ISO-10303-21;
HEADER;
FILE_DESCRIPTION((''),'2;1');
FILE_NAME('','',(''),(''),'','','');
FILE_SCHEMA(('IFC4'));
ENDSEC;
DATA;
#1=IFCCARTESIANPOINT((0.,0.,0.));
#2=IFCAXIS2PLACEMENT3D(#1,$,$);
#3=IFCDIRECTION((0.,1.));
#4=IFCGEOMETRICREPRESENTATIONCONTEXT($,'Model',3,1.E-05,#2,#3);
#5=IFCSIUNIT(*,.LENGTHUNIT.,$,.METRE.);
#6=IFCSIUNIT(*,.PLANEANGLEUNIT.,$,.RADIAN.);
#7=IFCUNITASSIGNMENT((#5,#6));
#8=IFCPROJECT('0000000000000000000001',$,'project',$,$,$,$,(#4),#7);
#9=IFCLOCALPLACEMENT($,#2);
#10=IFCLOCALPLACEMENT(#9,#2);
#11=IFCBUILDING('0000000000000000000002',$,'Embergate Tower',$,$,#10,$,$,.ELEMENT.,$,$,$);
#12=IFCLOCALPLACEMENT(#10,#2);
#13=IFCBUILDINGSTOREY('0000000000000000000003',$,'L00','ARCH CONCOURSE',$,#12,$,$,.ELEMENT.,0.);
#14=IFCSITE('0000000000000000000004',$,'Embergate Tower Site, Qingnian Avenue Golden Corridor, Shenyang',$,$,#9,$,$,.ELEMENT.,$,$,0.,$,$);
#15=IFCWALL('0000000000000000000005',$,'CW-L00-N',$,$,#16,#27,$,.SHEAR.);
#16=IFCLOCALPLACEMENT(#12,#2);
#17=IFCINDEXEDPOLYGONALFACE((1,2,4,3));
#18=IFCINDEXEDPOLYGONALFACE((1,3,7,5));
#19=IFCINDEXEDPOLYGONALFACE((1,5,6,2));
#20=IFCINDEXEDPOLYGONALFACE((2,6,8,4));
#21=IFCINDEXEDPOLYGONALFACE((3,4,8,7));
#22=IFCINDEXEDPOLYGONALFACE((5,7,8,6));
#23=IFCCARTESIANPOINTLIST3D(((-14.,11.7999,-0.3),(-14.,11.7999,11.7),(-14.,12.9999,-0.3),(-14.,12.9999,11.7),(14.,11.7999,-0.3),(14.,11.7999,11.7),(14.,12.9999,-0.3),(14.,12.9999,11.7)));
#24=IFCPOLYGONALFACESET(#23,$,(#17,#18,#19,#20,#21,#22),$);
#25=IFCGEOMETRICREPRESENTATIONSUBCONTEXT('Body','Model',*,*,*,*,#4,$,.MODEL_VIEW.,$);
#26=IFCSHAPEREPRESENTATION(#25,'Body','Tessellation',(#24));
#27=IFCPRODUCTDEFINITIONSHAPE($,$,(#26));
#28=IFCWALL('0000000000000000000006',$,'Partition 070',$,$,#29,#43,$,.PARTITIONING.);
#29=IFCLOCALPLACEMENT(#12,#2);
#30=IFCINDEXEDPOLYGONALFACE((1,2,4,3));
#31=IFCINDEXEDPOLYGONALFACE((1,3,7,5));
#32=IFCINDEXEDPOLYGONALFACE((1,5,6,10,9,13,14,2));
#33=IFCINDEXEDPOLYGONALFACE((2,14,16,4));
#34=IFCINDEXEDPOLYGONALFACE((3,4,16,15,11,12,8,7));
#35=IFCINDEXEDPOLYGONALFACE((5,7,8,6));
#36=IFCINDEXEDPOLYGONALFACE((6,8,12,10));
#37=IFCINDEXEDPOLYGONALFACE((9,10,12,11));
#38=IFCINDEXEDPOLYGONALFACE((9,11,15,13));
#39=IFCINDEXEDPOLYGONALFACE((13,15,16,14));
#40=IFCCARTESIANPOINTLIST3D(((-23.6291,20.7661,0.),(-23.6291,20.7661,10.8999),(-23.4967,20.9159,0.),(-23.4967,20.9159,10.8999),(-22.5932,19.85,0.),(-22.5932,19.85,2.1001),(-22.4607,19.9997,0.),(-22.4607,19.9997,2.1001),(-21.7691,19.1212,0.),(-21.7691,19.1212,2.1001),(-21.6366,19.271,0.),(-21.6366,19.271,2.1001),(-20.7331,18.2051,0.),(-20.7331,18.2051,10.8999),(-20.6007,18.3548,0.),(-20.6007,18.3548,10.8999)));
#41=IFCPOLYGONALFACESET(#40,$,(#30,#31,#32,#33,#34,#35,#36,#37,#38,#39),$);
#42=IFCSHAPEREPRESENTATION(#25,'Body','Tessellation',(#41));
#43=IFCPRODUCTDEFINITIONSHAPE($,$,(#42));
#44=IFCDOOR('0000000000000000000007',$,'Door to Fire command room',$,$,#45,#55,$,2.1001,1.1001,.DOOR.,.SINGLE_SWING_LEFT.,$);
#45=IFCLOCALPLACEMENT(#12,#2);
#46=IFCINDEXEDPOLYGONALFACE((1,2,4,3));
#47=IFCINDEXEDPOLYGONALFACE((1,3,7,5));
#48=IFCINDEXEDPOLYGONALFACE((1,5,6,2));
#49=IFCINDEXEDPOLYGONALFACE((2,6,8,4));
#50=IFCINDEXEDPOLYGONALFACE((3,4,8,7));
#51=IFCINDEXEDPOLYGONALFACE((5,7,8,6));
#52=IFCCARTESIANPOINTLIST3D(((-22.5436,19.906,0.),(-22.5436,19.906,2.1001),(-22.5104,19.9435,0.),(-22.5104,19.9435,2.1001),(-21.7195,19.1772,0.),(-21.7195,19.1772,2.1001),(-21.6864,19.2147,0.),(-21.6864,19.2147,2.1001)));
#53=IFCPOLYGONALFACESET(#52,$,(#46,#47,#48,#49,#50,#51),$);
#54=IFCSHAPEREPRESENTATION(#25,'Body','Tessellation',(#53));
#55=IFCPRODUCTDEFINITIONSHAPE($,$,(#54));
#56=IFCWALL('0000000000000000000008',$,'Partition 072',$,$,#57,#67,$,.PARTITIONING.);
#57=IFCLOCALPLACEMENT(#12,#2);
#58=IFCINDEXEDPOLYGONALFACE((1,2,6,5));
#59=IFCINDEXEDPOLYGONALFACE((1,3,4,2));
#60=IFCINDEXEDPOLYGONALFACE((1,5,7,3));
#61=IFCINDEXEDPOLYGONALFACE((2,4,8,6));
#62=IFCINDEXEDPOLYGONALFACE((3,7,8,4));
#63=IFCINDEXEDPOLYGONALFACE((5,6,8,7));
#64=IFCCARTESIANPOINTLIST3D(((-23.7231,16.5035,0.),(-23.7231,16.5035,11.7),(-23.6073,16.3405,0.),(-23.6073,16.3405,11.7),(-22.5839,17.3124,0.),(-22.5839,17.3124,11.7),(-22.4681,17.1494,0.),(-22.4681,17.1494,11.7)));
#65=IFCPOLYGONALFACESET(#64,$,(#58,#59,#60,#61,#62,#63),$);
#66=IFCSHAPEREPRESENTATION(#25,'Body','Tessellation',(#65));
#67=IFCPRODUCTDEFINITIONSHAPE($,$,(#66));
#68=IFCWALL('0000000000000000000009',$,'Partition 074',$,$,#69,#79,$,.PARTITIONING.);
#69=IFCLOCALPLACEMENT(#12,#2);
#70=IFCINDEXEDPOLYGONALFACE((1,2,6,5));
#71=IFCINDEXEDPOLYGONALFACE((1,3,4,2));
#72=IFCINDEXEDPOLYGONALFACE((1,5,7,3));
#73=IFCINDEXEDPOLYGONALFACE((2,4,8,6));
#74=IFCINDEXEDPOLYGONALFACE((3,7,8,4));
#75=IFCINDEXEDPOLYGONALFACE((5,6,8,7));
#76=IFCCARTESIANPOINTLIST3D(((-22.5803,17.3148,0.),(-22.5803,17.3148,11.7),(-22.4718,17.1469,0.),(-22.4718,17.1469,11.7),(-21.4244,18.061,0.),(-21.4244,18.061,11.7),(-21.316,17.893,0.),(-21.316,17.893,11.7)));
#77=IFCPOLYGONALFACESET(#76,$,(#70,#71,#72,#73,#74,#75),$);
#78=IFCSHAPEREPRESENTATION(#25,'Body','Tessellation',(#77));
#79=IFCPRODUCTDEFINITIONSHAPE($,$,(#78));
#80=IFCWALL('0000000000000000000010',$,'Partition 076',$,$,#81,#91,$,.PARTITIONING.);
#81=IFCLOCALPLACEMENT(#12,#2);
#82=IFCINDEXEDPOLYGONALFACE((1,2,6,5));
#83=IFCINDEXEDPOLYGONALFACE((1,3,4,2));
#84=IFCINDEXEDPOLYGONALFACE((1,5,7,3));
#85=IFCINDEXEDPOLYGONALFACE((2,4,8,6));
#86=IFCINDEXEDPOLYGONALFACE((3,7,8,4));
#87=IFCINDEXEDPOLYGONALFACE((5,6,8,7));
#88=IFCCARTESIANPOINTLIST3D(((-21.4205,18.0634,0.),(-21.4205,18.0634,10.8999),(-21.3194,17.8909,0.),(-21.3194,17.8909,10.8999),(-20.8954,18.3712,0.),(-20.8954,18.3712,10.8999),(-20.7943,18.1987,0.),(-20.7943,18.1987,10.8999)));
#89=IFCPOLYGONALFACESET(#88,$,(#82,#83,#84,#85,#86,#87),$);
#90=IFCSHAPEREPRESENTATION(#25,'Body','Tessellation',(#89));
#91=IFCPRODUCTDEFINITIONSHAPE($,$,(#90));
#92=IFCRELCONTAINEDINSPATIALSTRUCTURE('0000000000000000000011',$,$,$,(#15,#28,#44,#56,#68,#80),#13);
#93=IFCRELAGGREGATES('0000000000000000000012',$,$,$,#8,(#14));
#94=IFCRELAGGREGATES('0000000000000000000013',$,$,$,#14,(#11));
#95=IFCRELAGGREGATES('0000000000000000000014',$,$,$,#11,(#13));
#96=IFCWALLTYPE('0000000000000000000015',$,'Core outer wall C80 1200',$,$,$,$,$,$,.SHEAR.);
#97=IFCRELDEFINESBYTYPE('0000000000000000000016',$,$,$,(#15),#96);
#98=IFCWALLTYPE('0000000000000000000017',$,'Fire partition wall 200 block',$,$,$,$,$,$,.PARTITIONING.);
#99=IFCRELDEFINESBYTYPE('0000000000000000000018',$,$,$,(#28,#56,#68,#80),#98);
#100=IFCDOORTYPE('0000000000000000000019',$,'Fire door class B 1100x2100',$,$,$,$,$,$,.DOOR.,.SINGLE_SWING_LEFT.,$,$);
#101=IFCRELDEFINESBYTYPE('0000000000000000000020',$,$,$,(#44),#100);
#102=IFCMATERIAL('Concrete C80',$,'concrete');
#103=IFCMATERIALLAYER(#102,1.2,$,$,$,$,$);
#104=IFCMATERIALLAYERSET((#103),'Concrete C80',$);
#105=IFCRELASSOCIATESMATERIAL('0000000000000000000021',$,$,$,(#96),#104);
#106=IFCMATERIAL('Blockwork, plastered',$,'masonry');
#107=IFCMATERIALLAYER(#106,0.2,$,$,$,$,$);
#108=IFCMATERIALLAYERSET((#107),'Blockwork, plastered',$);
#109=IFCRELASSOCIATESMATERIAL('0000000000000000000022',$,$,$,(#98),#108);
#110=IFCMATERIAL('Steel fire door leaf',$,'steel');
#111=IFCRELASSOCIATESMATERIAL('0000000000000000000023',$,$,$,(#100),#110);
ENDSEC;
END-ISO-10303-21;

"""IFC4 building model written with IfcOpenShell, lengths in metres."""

from ifc_helpers import new_model, si_unit, direction, frame, frame_2d, origin, place, context, subcontext, project, spatial, rectangle, extrude, source, transform, mapped, material, layer, layer_set, type_object, element, fill, save


model = new_model("IFC4")

# Units and contexts
model_context = context("Model", 3, precision=1e-05, world=origin(), true_north=direction((0.0, 1.0)))
body_context = subcontext(model_context, "Body", "Model", "MODEL_VIEW")
ifc_project = project(units=[si_unit("LENGTHUNIT", "METRE"), si_unit("PLANEANGLEUNIT", "RADIAN")], contexts=[model_context])

# Site, building, storey
site_placement = place(None, origin())
site = spatial("IfcSite", under=ifc_project, at=site_placement, Name="Embergate Tower Site, Qingnian Avenue Golden Corridor, Shenyang", CompositionType="ELEMENT", RefElevation=0.0)
building_placement = place(site_placement, origin())
building = spatial("IfcBuilding", under=site, at=building_placement, Name="Embergate Tower", CompositionType="ELEMENT")
storey_placement = place(building_placement, origin())
storey = spatial("IfcBuildingStorey", under=building, at=storey_placement, Name="L00", Description="ARCH CONCOURSE", CompositionType="ELEMENT", Elevation=0.0)

# Wall
ifc_material_1 = material(Name="Concrete C80", Category="concrete")
ifc_layer_1 = layer(ifc_material_1, 1.2)
ifc_layer_set_1 = layer_set([ifc_layer_1], Name="Concrete C80")
wall_type_1 = type_object("IfcWallType", Name="Core outer wall C80 1200", PredefinedType="SHEAR", material=ifc_layer_set_1)
shared_shape_1 = source(origin(), body_context, "Body", "SweptSolid", [
    extrude(rectangle(XDim=28.0, YDim=1.2, at=frame_2d((14.0, 0.0))), origin(), (0.0, 0.0, 1.0), 12.0),
])
wall_1_placement = place(storey_placement, frame((-14.0, 12.3999, -0.3), z_axis=(0.0, 0.0, 1.0), x_axis=(1.0, 0.0, 0.0)))
element("IfcWall", 1, at=wall_1_placement, inside=storey, type_object=wall_type_1, Name="CW-L00-N", PredefinedType="SHEAR", context=body_context, shape_type="MappedRepresentation", body=[
    mapped(shared_shape_1, transform((0.0, 0.0, 0.0))),
])

# Wall, opening, door
ifc_material_2 = material(Name="Blockwork, plastered", Category="masonry")
ifc_layer_2 = layer(ifc_material_2, 0.2)
ifc_layer_set_2 = layer_set([ifc_layer_2], Name="Blockwork, plastered")
wall_type_2 = type_object("IfcWallType", Name="Fire partition wall 200 block", PredefinedType="PARTITIONING", material=ifc_layer_set_2)
shared_shape_2 = source(origin(), body_context, "Body", "SweptSolid", [
    extrude(rectangle(XDim=3.866, YDim=0.2, at=frame_2d((1.9331, 0.0))), origin(), (0.0, 0.0, 1.0), 10.8999),
])
wall_2_placement = place(storey_placement, frame((-23.563, 20.8411, 0.0), z_axis=(0.0, 0.0, 1.0), x_axis=(0.7491, -0.662457, 0.0)))
wall_2 = element("IfcWall", 2, at=wall_2_placement, inside=storey, type_object=wall_type_2, Name="Partition 070", PredefinedType="PARTITIONING", context=body_context, shape_type="MappedRepresentation", body=[
    mapped(shared_shape_2, transform((0.0, 0.0, 0.0))),
])
shared_shape_3 = source(origin(), body_context, "Body", "SweptSolid", [
    extrude(rectangle(XDim=1.1001, YDim=2.1001, at=frame_2d((0.55, 1.05))), frame((0.0, 0.1099, 0.0), z_axis=(0.0, -1.0, 0.0), x_axis=(1.0, 0.0, 0.0)), (0.0, 0.0, 1.0), 0.22),
])
opening_placement = place(wall_2_placement, frame((1.3831, 0.0, 0.0)))
opening = element("IfcOpeningElement", 3, at=opening_placement, cuts=wall_2, PredefinedType="OPENING", context=body_context, shape_type="MappedRepresentation", body=[
    mapped(shared_shape_3, transform((0.0, 0.0, 0.0))),
])
ifc_material_3 = material(Name="Steel fire door leaf", Category="steel")
door_type = type_object("IfcDoorType", Name="Fire door class B 1100x2100", OperationType="SINGLE_SWING_LEFT", PredefinedType="DOOR", material=ifc_material_3)
shared_shape_4 = source(origin(), body_context, "Body", "SweptSolid", [
    extrude(rectangle(XDim=1.1001, YDim=2.1001, at=frame_2d((0.55, 1.05))), frame((0.0, 0.0249, 0.0), z_axis=(0.0, -1.0, 0.0), x_axis=(1.0, 0.0, 0.0)), (0.0, 0.0, 1.0), 0.05),
])
door_placement = place(opening_placement, origin())
door = element("IfcDoor", 4, at=door_placement, inside=storey, type_object=door_type, Name="Door to Fire command room", OperationType="SINGLE_SWING_LEFT", OverallHeight=2.1001, OverallWidth=1.1001, PredefinedType="DOOR", context=body_context, shape_type="MappedRepresentation", body=[
    mapped(shared_shape_4, transform((0.0, 0.0, 0.0))),
])
fill(opening, door)

# Walls
shared_shape_5 = source(origin(), body_context, "Body", "SweptSolid", [
    extrude(rectangle(XDim=1.3972, YDim=0.2, at=frame_2d((0.6987, 0.0))), origin(), (0.0, 0.0, 1.0), 11.7),
])
wall_3_placement = place(storey_placement, frame((-22.5259, 17.231, 0.0), z_axis=(0.0, 0.0, 1.0), x_axis=(-0.815371, -0.578938, 0.0)))
element("IfcWall", 5, at=wall_3_placement, inside=storey, type_object=wall_type_2, Name="Partition 072", PredefinedType="PARTITIONING", context=body_context, shape_type="MappedRepresentation", body=[
    mapped(shared_shape_5, transform((0.0, 0.0, 0.0))),
])
shared_shape_6 = source(origin(), body_context, "Body", "SweptSolid", [
    extrude(rectangle(XDim=1.3757, YDim=0.2, at=frame_2d((0.688, 0.0))), origin(), (0.0, 0.0, 1.0), 11.7),
])
wall_4_placement = place(storey_placement, frame((-21.3701, 17.9771, 0.0), z_axis=(0.0, 0.0, 1.0), x_axis=(-0.840151, -0.542353, 0.0)))
element("IfcWall", 6, at=wall_4_placement, inside=storey, type_object=wall_type_2, Name="Partition 074", PredefinedType="PARTITIONING", context=body_context, shape_type="MappedRepresentation", body=[
    mapped(shared_shape_6, transform((0.0, 0.0, 0.0))),
])
shared_shape_7 = source(origin(), body_context, "Body", "SweptSolid", [
    extrude(rectangle(XDim=0.6086, YDim=0.2, at=frame_2d((0.3042, 0.0))), origin(), (0.0, 0.0, 1.0), 10.8999),
])
wall_5_placement = place(storey_placement, frame((-20.845, 18.2849, 0.0), z_axis=(0.0, 0.0, 1.0), x_axis=(-0.862686, -0.50574, 0.0)))
element("IfcWall", 7, at=wall_5_placement, inside=storey, type_object=wall_type_2, Name="Partition 076", PredefinedType="PARTITIONING", context=body_context, shape_type="MappedRepresentation", body=[
    mapped(shared_shape_7, transform((0.0, 0.0, 0.0))),
])

save(model, "model.ifc")
